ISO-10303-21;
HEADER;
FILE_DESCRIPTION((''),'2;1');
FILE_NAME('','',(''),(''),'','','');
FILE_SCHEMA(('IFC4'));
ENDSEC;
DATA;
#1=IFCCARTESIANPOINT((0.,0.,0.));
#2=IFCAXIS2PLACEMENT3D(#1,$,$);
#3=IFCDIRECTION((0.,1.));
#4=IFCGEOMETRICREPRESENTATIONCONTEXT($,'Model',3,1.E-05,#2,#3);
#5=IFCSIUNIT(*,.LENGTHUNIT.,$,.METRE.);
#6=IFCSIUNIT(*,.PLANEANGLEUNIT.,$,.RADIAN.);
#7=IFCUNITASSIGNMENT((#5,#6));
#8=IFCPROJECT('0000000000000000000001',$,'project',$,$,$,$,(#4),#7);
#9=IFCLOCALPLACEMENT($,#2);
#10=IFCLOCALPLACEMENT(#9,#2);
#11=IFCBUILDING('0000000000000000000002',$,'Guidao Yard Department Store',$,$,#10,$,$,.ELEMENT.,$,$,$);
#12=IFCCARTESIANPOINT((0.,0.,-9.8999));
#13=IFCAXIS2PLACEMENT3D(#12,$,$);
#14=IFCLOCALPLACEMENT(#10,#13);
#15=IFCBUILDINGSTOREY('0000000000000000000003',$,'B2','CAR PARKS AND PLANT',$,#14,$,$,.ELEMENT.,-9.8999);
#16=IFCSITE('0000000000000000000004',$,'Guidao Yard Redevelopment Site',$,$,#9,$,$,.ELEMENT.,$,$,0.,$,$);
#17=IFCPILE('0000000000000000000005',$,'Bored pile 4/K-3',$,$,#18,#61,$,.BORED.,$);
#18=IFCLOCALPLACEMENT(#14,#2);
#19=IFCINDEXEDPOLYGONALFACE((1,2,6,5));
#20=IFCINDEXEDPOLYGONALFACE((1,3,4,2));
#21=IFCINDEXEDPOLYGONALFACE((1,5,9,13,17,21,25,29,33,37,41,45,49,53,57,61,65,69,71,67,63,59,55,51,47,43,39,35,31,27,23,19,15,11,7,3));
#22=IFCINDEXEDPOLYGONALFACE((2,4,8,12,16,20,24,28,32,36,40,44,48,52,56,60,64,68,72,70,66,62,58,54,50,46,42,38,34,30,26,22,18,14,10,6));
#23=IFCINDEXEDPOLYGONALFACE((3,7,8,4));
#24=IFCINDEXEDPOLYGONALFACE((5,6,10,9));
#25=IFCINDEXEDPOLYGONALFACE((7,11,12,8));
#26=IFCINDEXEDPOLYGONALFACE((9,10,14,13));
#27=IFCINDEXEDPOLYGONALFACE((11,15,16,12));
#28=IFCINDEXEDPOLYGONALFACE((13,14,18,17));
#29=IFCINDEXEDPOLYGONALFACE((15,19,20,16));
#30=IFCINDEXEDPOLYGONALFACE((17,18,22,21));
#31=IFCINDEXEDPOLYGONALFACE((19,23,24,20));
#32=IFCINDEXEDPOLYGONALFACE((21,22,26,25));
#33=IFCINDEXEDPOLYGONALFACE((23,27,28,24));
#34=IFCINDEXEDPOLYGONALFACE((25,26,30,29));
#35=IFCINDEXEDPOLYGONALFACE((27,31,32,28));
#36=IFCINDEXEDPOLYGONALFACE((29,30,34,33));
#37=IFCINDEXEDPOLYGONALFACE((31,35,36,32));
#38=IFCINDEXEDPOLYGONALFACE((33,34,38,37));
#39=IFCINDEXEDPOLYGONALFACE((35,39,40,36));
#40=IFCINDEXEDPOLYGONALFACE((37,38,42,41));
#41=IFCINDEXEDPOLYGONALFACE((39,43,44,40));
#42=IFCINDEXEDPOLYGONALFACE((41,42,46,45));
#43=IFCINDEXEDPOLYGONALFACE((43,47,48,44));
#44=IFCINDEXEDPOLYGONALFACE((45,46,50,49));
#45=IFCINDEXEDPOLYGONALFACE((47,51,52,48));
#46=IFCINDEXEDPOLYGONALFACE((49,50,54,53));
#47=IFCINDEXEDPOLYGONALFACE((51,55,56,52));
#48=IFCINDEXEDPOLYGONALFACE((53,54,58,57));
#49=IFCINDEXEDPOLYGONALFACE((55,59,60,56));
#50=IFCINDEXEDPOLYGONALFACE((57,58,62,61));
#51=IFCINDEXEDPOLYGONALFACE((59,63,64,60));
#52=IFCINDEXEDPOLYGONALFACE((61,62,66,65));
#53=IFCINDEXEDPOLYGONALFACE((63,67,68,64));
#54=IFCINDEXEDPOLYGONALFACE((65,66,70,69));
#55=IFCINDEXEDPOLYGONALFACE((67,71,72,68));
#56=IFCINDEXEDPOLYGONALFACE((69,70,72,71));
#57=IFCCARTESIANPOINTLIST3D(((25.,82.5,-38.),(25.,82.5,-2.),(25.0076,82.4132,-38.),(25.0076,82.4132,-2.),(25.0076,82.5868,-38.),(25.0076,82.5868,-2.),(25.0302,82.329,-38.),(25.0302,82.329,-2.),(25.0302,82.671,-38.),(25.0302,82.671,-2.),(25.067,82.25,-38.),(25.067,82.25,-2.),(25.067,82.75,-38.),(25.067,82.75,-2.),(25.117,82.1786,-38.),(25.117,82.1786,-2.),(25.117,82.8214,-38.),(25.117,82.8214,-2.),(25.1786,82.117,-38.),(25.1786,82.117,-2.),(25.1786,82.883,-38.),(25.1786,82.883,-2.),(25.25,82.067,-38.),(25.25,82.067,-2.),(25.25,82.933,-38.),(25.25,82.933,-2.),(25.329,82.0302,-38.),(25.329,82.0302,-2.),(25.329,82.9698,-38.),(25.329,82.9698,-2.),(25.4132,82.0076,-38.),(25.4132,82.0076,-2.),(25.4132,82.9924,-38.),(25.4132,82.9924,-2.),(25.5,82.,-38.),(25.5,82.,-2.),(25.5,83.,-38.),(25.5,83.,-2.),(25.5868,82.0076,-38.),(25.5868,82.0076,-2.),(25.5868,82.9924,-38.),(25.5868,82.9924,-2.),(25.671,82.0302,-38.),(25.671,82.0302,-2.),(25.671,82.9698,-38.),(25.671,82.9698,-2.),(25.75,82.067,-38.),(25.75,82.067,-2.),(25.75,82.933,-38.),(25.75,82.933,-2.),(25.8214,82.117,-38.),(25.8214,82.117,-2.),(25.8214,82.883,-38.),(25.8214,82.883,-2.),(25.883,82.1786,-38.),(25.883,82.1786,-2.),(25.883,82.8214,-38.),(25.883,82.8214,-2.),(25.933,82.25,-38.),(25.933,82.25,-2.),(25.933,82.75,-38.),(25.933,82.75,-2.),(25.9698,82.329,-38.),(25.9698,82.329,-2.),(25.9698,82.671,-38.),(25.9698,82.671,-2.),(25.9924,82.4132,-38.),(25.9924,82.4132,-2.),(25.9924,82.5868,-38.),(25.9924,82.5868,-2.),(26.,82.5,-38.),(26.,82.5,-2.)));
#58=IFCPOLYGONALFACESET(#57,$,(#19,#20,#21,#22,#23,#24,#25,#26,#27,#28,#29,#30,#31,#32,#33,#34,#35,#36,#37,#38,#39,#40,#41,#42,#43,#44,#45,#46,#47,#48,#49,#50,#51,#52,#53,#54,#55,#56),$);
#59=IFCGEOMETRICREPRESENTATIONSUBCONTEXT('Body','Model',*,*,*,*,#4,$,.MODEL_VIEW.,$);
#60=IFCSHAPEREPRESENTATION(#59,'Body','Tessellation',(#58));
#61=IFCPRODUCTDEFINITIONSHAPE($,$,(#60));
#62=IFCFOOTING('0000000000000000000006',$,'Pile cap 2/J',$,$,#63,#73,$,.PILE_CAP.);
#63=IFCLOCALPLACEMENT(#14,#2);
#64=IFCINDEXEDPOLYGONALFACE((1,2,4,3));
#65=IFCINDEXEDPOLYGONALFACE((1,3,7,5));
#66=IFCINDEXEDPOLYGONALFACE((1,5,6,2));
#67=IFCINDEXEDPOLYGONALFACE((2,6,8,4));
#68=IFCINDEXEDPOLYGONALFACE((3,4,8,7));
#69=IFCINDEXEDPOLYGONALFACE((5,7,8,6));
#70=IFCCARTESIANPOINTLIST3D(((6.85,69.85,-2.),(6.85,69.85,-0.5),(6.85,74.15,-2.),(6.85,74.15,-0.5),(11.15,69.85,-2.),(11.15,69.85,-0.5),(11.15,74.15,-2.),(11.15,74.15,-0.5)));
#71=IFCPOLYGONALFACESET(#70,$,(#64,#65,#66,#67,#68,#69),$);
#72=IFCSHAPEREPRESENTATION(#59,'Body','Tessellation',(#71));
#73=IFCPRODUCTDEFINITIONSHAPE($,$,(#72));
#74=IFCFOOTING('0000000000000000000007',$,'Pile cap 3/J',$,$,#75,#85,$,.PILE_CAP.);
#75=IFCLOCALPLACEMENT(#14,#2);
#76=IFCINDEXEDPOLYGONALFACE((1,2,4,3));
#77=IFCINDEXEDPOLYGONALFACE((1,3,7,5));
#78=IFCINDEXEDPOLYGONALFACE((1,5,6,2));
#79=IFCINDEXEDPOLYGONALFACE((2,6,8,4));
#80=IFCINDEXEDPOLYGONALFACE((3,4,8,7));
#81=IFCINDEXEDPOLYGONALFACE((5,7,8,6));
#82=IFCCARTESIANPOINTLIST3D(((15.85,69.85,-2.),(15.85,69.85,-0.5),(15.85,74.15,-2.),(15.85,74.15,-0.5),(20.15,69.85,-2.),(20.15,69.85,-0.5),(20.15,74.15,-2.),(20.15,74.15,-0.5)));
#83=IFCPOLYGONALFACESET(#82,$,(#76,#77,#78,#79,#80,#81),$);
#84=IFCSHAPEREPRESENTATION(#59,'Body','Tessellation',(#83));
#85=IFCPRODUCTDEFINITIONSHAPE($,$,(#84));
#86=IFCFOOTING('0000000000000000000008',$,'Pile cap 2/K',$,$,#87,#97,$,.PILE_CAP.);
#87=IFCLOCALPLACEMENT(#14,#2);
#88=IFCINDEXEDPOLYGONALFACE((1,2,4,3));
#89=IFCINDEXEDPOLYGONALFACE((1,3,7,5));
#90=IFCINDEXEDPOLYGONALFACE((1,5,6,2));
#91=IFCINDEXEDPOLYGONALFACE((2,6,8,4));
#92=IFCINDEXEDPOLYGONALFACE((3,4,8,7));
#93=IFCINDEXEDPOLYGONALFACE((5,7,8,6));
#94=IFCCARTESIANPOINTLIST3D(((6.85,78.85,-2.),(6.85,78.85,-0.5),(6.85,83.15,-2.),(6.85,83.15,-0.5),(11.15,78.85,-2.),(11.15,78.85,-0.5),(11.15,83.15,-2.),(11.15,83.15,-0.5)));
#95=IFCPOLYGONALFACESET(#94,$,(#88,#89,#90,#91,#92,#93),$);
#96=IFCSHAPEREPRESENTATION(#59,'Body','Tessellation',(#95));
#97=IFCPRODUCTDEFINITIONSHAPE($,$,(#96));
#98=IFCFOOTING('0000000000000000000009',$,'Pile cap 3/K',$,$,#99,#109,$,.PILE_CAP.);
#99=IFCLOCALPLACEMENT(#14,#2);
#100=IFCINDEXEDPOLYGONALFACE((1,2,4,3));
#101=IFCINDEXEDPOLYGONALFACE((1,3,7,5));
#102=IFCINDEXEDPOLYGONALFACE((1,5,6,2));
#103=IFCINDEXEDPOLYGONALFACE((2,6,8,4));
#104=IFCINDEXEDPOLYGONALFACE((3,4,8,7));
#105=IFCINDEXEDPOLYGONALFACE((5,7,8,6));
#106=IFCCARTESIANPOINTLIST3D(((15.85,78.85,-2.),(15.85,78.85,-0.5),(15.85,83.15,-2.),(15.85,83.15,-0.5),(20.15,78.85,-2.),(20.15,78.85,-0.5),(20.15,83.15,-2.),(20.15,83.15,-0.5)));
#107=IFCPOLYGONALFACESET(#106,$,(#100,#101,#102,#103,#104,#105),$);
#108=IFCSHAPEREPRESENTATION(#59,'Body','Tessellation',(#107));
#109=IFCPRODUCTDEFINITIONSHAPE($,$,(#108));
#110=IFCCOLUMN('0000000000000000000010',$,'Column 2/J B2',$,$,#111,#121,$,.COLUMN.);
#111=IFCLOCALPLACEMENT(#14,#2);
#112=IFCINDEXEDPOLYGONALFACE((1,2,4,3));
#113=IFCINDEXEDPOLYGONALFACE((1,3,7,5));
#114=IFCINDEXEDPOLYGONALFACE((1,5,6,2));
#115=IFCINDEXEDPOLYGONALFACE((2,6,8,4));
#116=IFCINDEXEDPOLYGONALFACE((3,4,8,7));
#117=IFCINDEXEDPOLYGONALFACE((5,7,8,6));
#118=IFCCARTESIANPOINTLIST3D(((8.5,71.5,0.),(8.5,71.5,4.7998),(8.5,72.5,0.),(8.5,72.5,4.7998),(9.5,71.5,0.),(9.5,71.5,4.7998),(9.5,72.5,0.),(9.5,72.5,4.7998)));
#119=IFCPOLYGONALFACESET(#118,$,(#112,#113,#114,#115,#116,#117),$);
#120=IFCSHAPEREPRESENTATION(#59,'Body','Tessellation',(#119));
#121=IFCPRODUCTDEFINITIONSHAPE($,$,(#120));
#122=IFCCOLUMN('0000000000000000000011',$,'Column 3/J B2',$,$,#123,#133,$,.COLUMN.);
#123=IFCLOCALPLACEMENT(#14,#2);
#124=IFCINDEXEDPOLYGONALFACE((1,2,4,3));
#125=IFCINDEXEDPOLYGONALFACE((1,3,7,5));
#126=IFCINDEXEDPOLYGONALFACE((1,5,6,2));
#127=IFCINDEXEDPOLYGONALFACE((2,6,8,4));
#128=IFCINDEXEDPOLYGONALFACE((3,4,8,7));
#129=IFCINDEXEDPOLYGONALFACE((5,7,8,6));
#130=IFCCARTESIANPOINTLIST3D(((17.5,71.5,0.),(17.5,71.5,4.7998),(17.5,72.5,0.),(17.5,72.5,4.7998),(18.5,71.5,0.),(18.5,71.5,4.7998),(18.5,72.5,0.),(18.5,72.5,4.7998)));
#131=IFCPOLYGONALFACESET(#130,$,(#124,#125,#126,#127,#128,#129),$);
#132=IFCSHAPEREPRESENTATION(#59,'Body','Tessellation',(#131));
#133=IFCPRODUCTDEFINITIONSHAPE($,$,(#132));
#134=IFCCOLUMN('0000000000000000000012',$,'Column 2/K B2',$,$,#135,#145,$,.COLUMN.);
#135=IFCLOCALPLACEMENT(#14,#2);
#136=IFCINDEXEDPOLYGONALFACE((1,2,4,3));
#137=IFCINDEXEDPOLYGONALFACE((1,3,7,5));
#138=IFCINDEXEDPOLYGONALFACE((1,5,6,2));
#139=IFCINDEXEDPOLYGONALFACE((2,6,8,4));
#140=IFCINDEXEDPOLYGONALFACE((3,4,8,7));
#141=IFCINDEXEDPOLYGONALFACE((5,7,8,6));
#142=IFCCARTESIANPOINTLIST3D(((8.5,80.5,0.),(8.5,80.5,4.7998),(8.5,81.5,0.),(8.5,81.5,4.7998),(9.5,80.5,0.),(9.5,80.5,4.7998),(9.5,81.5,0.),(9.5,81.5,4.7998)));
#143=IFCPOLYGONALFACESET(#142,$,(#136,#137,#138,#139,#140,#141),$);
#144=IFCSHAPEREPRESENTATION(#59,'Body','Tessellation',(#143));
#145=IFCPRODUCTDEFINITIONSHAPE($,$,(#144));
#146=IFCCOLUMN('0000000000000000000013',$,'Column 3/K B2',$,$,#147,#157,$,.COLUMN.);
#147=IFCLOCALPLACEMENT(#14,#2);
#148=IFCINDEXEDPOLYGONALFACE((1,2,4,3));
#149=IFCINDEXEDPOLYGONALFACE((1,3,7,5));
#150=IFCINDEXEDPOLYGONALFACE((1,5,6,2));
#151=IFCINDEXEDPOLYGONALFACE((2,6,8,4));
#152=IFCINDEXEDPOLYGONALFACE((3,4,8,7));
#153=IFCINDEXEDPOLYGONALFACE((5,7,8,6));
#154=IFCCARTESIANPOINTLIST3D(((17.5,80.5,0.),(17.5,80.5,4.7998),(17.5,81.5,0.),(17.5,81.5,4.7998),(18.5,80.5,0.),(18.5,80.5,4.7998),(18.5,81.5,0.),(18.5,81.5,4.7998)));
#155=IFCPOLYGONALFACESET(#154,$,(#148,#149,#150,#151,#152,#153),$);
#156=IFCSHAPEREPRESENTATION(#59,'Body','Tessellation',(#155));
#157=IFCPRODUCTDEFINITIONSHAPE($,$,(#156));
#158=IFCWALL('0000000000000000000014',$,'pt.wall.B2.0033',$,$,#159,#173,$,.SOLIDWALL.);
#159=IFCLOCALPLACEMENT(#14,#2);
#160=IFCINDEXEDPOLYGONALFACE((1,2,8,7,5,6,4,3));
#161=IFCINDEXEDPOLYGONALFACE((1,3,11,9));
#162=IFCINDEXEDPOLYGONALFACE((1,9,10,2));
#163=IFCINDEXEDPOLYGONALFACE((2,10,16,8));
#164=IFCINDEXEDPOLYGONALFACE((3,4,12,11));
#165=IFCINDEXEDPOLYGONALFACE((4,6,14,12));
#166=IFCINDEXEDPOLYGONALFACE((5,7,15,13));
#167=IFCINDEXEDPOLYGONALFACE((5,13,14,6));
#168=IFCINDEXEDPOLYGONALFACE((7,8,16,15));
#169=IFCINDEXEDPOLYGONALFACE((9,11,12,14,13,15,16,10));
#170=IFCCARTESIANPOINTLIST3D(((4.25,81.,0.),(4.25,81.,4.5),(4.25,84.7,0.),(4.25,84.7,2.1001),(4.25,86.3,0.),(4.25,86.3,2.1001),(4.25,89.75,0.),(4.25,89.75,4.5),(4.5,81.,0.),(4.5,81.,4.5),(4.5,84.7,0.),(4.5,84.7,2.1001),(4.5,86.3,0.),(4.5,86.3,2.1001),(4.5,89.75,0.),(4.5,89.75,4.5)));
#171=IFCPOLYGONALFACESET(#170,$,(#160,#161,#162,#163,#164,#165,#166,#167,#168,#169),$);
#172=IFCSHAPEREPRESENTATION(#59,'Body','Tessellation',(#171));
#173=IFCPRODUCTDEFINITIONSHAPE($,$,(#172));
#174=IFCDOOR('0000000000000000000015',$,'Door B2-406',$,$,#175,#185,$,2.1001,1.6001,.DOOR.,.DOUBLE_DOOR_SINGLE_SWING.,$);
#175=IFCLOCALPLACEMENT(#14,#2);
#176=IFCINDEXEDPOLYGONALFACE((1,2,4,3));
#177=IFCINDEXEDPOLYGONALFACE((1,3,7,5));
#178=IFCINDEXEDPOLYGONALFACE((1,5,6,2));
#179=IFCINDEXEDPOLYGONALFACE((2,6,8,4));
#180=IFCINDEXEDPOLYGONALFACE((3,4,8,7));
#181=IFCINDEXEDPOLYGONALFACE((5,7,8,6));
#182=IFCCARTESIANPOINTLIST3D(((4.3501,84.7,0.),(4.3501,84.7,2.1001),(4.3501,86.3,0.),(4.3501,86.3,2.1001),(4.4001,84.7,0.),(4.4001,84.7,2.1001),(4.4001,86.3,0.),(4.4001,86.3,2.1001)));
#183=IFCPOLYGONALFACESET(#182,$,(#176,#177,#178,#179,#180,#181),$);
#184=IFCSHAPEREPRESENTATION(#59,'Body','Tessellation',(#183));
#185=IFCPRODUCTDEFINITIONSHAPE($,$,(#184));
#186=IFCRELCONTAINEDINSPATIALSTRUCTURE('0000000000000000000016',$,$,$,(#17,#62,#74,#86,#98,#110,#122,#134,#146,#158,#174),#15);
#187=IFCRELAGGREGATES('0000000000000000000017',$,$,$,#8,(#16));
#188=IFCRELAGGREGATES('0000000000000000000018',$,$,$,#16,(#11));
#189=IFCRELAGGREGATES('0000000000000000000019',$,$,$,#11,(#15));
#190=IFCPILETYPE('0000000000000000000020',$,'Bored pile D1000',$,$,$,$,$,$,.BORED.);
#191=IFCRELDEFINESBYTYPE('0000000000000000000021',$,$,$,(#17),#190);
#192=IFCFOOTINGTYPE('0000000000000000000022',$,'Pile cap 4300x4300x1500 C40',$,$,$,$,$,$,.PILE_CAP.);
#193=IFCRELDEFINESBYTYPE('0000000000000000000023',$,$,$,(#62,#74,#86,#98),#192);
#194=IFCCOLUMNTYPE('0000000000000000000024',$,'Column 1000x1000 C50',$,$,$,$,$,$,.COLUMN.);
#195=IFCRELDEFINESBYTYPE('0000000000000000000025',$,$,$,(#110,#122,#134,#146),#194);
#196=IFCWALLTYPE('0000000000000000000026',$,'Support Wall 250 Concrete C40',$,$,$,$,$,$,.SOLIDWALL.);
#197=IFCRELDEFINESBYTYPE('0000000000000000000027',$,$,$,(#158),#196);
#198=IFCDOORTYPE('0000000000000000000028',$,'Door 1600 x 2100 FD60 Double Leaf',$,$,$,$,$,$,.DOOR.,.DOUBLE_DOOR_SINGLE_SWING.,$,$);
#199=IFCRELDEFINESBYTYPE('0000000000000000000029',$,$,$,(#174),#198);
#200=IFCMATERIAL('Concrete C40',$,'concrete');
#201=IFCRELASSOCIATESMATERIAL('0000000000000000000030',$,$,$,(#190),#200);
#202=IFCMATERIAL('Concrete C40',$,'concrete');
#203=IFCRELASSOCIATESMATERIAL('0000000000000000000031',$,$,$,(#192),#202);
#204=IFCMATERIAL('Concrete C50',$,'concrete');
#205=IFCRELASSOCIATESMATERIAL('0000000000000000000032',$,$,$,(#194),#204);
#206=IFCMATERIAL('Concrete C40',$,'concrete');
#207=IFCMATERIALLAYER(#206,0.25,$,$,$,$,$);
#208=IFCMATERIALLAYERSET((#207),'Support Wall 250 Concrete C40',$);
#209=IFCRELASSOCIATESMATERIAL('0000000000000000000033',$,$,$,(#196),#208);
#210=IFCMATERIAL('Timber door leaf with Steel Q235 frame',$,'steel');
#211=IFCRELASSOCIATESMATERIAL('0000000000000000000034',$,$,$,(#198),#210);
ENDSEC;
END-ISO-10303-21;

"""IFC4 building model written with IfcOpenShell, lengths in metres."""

from ifc_helpers import new_model, si_unit, direction, frame, frame_2d, origin, origin_2d, place, context, subcontext, project, spatial, rectangle, circle, extrude, material, layer, layer_set, material_profile, profile_set, type_object, element, fill, save


model = new_model("IFC4")

# Units and contexts
model_context = context("Model", 3, precision=1e-05, world=origin(), true_north=direction((0.0, 1.0)))
body_context = subcontext(model_context, "Body", "Model", "MODEL_VIEW")
ifc_project = project(units=[si_unit("LENGTHUNIT", "METRE"), si_unit("PLANEANGLEUNIT", "RADIAN")], contexts=[model_context])

# Site, building, storey
site_placement = place(None, origin())
site = spatial("IfcSite", under=ifc_project, at=site_placement, Name="Guidao Yard Redevelopment Site", CompositionType="ELEMENT", RefElevation=0.0)
building_placement = place(site_placement, origin())
building = spatial("IfcBuilding", under=site, at=building_placement, Name="Guidao Yard Department Store", CompositionType="ELEMENT")
storey_placement = place(building_placement, frame((0.0, 0.0, -9.8999)))
storey = spatial("IfcBuildingStorey", under=building, at=storey_placement, Name="B2", Description="CAR PARKS AND PLANT", CompositionType="ELEMENT", Elevation=-9.8999)

# Pile
ifc_material_1 = material(Name="Concrete C40", Category="concrete")
ifc_material_profile_1 = material_profile(ifc_material_1, circle(Radius=0.5, at=origin_2d()), Name="Bored pile D1000")
ifc_profile_set_1 = profile_set([ifc_material_profile_1], Name="Concrete C40")
pile_type = type_object("IfcPileType", Name="Bored pile D1000", PredefinedType="BORED", material=ifc_profile_set_1)
for number, where, z_axis, x_axis, name in (
    (1, (25.5, 82.5, -2.0), (0.0, 0.0, -1.0), (1.0, 0.0, 0.0), "Bored pile 4/K-3"),
):
    element("IfcPile", number, at=place(storey_placement, frame(where, z_axis=z_axis, x_axis=x_axis)), inside=storey, type_object=pile_type, Name=name, PredefinedType="BORED", context=body_context, shape_type="SweptSolid", body=[
        extrude(circle(Radius=0.5, at=origin_2d()), origin(), (0.0, 0.0, 1.0), 36.0),
    ])

# Footings
ifc_material_2 = material(Name="Concrete C40", Category="concrete")
footing_type = type_object("IfcFootingType", Name="Pile cap 4300x4300x1500 C40", PredefinedType="PILE_CAP", material=ifc_material_2)
for number, where, z_axis, x_axis, name in (
    (2, (9.0, 72.0, -2.0), (0.0, 0.0, 1.0), (1.0, 0.0, 0.0), "Pile cap 2/J"),
    (3, (18.0, 72.0, -2.0), (0.0, 0.0, 1.0), (1.0, 0.0, 0.0), "Pile cap 3/J"),
    (4, (9.0, 81.0, -2.0), (0.0, 0.0, 1.0), (1.0, 0.0, 0.0), "Pile cap 2/K"),
    (5, (18.0, 81.0, -2.0), (0.0, 0.0, 1.0), (1.0, 0.0, 0.0), "Pile cap 3/K"),
):
    element("IfcFooting", number, at=place(storey_placement, frame(where, z_axis=z_axis, x_axis=x_axis)), inside=storey, type_object=footing_type, Name=name, PredefinedType="PILE_CAP", context=body_context, shape_type="SweptSolid", body=[
        extrude(rectangle(XDim=4.3, YDim=4.3, at=origin_2d()), origin(), (0.0, 0.0, 1.0), 1.5),
    ])

# Columns
ifc_material_3 = material(Name="Concrete C50", Category="concrete")
ifc_material_profile_2 = material_profile(ifc_material_3, rectangle(XDim=1.0, YDim=1.0, at=origin_2d()), Name="COL 1000x1000")
ifc_profile_set_2 = profile_set([ifc_material_profile_2], Name="Concrete C50")
column_type = type_object("IfcColumnType", Name="Column 1000x1000 C50", PredefinedType="COLUMN", material=ifc_profile_set_2)
for number, where, z_axis, x_axis, name in (
    (6, (9.0, 72.0, 0.0), (0.0, 0.0, 1.0), (1.0, 0.0, 0.0), "Column 2/J B2"),
    (7, (18.0, 72.0, 0.0), (0.0, 0.0, 1.0), (1.0, 0.0, 0.0), "Column 3/J B2"),
    (8, (9.0, 81.0, 0.0), (0.0, 0.0, 1.0), (1.0, 0.0, 0.0), "Column 2/K B2"),
    (9, (18.0, 81.0, 0.0), (0.0, 0.0, 1.0), (1.0, 0.0, 0.0), "Column 3/K B2"),
):
    element("IfcColumn", number, at=place(storey_placement, frame(where, z_axis=z_axis, x_axis=x_axis)), inside=storey, type_object=column_type, Name=name, PredefinedType="COLUMN", context=body_context, shape_type="SweptSolid", body=[
        extrude(rectangle(XDim=1.0, YDim=1.0, at=origin_2d()), origin(), (0.0, 0.0, 1.0), 4.7998),
    ])

# Wall, opening, door
ifc_material_4 = material(Name="Concrete C40", Category="concrete")
ifc_layer = layer(ifc_material_4, 0.25)
ifc_layer_set = layer_set([ifc_layer], Name="Support Wall 250 Concrete C40")
wall_type = type_object("IfcWallType", Name="Support Wall 250 Concrete C40", PredefinedType="SOLIDWALL", material=ifc_layer_set)
wall_placement = place(storey_placement, frame((4.375, 81.0, 0.0), z_axis=(0.0, 0.0, 1.0), x_axis=(0.0, 1.0, 0.0)))
wall = element("IfcWall", 10, at=wall_placement, inside=storey, type_object=wall_type, Name="pt.wall.B2.0033", PredefinedType="SOLIDWALL", context=body_context, shape_type="SweptSolid", body=[
    extrude(rectangle(XDim=8.75, YDim=0.25, at=frame_2d((4.375, 0.0))), origin(), (0.0, 0.0, 1.0), 4.5),
])
opening_placement = place(wall_placement, frame((3.7, 0.0, 0.0)))
opening = element("IfcOpeningElement", 11, at=opening_placement, cuts=wall, PredefinedType="OPENING", context=body_context, shape_type="SweptSolid", body=[
    extrude(rectangle(XDim=1.6001, YDim=2.1001, at=frame_2d((0.8, 1.05))), frame((0.0, 0.135, 0.0), z_axis=(0.0, -1.0, 0.0), x_axis=(1.0, 0.0, 0.0)), (0.0, 0.0, 1.0), 0.27),
])
ifc_material_5 = material(Name="Timber door leaf with Steel Q235 frame", Category="steel")
door_type = type_object("IfcDoorType", Name="Door 1600 x 2100 FD60 Double Leaf", OperationType="DOUBLE_DOOR_SINGLE_SWING", PredefinedType="DOOR", material=ifc_material_5)
door_placement = place(opening_placement, origin())
door = element("IfcDoor", 12, at=door_placement, inside=storey, type_object=door_type, Name="Door B2-406", OperationType="DOUBLE_DOOR_SINGLE_SWING", OverallHeight=2.1001, OverallWidth=1.6001, PredefinedType="DOOR", context=body_context, shape_type="SweptSolid", body=[
    extrude(rectangle(XDim=1.6001, YDim=2.1001, at=frame_2d((0.8, 1.05))), frame((0.0, 0.0249, 0.0), z_axis=(0.0, -1.0, 0.0), x_axis=(1.0, 0.0, 0.0)), (0.0, 0.0, 1.0), 0.05),
])
fill(opening, door)

save(model, "model.ifc")
